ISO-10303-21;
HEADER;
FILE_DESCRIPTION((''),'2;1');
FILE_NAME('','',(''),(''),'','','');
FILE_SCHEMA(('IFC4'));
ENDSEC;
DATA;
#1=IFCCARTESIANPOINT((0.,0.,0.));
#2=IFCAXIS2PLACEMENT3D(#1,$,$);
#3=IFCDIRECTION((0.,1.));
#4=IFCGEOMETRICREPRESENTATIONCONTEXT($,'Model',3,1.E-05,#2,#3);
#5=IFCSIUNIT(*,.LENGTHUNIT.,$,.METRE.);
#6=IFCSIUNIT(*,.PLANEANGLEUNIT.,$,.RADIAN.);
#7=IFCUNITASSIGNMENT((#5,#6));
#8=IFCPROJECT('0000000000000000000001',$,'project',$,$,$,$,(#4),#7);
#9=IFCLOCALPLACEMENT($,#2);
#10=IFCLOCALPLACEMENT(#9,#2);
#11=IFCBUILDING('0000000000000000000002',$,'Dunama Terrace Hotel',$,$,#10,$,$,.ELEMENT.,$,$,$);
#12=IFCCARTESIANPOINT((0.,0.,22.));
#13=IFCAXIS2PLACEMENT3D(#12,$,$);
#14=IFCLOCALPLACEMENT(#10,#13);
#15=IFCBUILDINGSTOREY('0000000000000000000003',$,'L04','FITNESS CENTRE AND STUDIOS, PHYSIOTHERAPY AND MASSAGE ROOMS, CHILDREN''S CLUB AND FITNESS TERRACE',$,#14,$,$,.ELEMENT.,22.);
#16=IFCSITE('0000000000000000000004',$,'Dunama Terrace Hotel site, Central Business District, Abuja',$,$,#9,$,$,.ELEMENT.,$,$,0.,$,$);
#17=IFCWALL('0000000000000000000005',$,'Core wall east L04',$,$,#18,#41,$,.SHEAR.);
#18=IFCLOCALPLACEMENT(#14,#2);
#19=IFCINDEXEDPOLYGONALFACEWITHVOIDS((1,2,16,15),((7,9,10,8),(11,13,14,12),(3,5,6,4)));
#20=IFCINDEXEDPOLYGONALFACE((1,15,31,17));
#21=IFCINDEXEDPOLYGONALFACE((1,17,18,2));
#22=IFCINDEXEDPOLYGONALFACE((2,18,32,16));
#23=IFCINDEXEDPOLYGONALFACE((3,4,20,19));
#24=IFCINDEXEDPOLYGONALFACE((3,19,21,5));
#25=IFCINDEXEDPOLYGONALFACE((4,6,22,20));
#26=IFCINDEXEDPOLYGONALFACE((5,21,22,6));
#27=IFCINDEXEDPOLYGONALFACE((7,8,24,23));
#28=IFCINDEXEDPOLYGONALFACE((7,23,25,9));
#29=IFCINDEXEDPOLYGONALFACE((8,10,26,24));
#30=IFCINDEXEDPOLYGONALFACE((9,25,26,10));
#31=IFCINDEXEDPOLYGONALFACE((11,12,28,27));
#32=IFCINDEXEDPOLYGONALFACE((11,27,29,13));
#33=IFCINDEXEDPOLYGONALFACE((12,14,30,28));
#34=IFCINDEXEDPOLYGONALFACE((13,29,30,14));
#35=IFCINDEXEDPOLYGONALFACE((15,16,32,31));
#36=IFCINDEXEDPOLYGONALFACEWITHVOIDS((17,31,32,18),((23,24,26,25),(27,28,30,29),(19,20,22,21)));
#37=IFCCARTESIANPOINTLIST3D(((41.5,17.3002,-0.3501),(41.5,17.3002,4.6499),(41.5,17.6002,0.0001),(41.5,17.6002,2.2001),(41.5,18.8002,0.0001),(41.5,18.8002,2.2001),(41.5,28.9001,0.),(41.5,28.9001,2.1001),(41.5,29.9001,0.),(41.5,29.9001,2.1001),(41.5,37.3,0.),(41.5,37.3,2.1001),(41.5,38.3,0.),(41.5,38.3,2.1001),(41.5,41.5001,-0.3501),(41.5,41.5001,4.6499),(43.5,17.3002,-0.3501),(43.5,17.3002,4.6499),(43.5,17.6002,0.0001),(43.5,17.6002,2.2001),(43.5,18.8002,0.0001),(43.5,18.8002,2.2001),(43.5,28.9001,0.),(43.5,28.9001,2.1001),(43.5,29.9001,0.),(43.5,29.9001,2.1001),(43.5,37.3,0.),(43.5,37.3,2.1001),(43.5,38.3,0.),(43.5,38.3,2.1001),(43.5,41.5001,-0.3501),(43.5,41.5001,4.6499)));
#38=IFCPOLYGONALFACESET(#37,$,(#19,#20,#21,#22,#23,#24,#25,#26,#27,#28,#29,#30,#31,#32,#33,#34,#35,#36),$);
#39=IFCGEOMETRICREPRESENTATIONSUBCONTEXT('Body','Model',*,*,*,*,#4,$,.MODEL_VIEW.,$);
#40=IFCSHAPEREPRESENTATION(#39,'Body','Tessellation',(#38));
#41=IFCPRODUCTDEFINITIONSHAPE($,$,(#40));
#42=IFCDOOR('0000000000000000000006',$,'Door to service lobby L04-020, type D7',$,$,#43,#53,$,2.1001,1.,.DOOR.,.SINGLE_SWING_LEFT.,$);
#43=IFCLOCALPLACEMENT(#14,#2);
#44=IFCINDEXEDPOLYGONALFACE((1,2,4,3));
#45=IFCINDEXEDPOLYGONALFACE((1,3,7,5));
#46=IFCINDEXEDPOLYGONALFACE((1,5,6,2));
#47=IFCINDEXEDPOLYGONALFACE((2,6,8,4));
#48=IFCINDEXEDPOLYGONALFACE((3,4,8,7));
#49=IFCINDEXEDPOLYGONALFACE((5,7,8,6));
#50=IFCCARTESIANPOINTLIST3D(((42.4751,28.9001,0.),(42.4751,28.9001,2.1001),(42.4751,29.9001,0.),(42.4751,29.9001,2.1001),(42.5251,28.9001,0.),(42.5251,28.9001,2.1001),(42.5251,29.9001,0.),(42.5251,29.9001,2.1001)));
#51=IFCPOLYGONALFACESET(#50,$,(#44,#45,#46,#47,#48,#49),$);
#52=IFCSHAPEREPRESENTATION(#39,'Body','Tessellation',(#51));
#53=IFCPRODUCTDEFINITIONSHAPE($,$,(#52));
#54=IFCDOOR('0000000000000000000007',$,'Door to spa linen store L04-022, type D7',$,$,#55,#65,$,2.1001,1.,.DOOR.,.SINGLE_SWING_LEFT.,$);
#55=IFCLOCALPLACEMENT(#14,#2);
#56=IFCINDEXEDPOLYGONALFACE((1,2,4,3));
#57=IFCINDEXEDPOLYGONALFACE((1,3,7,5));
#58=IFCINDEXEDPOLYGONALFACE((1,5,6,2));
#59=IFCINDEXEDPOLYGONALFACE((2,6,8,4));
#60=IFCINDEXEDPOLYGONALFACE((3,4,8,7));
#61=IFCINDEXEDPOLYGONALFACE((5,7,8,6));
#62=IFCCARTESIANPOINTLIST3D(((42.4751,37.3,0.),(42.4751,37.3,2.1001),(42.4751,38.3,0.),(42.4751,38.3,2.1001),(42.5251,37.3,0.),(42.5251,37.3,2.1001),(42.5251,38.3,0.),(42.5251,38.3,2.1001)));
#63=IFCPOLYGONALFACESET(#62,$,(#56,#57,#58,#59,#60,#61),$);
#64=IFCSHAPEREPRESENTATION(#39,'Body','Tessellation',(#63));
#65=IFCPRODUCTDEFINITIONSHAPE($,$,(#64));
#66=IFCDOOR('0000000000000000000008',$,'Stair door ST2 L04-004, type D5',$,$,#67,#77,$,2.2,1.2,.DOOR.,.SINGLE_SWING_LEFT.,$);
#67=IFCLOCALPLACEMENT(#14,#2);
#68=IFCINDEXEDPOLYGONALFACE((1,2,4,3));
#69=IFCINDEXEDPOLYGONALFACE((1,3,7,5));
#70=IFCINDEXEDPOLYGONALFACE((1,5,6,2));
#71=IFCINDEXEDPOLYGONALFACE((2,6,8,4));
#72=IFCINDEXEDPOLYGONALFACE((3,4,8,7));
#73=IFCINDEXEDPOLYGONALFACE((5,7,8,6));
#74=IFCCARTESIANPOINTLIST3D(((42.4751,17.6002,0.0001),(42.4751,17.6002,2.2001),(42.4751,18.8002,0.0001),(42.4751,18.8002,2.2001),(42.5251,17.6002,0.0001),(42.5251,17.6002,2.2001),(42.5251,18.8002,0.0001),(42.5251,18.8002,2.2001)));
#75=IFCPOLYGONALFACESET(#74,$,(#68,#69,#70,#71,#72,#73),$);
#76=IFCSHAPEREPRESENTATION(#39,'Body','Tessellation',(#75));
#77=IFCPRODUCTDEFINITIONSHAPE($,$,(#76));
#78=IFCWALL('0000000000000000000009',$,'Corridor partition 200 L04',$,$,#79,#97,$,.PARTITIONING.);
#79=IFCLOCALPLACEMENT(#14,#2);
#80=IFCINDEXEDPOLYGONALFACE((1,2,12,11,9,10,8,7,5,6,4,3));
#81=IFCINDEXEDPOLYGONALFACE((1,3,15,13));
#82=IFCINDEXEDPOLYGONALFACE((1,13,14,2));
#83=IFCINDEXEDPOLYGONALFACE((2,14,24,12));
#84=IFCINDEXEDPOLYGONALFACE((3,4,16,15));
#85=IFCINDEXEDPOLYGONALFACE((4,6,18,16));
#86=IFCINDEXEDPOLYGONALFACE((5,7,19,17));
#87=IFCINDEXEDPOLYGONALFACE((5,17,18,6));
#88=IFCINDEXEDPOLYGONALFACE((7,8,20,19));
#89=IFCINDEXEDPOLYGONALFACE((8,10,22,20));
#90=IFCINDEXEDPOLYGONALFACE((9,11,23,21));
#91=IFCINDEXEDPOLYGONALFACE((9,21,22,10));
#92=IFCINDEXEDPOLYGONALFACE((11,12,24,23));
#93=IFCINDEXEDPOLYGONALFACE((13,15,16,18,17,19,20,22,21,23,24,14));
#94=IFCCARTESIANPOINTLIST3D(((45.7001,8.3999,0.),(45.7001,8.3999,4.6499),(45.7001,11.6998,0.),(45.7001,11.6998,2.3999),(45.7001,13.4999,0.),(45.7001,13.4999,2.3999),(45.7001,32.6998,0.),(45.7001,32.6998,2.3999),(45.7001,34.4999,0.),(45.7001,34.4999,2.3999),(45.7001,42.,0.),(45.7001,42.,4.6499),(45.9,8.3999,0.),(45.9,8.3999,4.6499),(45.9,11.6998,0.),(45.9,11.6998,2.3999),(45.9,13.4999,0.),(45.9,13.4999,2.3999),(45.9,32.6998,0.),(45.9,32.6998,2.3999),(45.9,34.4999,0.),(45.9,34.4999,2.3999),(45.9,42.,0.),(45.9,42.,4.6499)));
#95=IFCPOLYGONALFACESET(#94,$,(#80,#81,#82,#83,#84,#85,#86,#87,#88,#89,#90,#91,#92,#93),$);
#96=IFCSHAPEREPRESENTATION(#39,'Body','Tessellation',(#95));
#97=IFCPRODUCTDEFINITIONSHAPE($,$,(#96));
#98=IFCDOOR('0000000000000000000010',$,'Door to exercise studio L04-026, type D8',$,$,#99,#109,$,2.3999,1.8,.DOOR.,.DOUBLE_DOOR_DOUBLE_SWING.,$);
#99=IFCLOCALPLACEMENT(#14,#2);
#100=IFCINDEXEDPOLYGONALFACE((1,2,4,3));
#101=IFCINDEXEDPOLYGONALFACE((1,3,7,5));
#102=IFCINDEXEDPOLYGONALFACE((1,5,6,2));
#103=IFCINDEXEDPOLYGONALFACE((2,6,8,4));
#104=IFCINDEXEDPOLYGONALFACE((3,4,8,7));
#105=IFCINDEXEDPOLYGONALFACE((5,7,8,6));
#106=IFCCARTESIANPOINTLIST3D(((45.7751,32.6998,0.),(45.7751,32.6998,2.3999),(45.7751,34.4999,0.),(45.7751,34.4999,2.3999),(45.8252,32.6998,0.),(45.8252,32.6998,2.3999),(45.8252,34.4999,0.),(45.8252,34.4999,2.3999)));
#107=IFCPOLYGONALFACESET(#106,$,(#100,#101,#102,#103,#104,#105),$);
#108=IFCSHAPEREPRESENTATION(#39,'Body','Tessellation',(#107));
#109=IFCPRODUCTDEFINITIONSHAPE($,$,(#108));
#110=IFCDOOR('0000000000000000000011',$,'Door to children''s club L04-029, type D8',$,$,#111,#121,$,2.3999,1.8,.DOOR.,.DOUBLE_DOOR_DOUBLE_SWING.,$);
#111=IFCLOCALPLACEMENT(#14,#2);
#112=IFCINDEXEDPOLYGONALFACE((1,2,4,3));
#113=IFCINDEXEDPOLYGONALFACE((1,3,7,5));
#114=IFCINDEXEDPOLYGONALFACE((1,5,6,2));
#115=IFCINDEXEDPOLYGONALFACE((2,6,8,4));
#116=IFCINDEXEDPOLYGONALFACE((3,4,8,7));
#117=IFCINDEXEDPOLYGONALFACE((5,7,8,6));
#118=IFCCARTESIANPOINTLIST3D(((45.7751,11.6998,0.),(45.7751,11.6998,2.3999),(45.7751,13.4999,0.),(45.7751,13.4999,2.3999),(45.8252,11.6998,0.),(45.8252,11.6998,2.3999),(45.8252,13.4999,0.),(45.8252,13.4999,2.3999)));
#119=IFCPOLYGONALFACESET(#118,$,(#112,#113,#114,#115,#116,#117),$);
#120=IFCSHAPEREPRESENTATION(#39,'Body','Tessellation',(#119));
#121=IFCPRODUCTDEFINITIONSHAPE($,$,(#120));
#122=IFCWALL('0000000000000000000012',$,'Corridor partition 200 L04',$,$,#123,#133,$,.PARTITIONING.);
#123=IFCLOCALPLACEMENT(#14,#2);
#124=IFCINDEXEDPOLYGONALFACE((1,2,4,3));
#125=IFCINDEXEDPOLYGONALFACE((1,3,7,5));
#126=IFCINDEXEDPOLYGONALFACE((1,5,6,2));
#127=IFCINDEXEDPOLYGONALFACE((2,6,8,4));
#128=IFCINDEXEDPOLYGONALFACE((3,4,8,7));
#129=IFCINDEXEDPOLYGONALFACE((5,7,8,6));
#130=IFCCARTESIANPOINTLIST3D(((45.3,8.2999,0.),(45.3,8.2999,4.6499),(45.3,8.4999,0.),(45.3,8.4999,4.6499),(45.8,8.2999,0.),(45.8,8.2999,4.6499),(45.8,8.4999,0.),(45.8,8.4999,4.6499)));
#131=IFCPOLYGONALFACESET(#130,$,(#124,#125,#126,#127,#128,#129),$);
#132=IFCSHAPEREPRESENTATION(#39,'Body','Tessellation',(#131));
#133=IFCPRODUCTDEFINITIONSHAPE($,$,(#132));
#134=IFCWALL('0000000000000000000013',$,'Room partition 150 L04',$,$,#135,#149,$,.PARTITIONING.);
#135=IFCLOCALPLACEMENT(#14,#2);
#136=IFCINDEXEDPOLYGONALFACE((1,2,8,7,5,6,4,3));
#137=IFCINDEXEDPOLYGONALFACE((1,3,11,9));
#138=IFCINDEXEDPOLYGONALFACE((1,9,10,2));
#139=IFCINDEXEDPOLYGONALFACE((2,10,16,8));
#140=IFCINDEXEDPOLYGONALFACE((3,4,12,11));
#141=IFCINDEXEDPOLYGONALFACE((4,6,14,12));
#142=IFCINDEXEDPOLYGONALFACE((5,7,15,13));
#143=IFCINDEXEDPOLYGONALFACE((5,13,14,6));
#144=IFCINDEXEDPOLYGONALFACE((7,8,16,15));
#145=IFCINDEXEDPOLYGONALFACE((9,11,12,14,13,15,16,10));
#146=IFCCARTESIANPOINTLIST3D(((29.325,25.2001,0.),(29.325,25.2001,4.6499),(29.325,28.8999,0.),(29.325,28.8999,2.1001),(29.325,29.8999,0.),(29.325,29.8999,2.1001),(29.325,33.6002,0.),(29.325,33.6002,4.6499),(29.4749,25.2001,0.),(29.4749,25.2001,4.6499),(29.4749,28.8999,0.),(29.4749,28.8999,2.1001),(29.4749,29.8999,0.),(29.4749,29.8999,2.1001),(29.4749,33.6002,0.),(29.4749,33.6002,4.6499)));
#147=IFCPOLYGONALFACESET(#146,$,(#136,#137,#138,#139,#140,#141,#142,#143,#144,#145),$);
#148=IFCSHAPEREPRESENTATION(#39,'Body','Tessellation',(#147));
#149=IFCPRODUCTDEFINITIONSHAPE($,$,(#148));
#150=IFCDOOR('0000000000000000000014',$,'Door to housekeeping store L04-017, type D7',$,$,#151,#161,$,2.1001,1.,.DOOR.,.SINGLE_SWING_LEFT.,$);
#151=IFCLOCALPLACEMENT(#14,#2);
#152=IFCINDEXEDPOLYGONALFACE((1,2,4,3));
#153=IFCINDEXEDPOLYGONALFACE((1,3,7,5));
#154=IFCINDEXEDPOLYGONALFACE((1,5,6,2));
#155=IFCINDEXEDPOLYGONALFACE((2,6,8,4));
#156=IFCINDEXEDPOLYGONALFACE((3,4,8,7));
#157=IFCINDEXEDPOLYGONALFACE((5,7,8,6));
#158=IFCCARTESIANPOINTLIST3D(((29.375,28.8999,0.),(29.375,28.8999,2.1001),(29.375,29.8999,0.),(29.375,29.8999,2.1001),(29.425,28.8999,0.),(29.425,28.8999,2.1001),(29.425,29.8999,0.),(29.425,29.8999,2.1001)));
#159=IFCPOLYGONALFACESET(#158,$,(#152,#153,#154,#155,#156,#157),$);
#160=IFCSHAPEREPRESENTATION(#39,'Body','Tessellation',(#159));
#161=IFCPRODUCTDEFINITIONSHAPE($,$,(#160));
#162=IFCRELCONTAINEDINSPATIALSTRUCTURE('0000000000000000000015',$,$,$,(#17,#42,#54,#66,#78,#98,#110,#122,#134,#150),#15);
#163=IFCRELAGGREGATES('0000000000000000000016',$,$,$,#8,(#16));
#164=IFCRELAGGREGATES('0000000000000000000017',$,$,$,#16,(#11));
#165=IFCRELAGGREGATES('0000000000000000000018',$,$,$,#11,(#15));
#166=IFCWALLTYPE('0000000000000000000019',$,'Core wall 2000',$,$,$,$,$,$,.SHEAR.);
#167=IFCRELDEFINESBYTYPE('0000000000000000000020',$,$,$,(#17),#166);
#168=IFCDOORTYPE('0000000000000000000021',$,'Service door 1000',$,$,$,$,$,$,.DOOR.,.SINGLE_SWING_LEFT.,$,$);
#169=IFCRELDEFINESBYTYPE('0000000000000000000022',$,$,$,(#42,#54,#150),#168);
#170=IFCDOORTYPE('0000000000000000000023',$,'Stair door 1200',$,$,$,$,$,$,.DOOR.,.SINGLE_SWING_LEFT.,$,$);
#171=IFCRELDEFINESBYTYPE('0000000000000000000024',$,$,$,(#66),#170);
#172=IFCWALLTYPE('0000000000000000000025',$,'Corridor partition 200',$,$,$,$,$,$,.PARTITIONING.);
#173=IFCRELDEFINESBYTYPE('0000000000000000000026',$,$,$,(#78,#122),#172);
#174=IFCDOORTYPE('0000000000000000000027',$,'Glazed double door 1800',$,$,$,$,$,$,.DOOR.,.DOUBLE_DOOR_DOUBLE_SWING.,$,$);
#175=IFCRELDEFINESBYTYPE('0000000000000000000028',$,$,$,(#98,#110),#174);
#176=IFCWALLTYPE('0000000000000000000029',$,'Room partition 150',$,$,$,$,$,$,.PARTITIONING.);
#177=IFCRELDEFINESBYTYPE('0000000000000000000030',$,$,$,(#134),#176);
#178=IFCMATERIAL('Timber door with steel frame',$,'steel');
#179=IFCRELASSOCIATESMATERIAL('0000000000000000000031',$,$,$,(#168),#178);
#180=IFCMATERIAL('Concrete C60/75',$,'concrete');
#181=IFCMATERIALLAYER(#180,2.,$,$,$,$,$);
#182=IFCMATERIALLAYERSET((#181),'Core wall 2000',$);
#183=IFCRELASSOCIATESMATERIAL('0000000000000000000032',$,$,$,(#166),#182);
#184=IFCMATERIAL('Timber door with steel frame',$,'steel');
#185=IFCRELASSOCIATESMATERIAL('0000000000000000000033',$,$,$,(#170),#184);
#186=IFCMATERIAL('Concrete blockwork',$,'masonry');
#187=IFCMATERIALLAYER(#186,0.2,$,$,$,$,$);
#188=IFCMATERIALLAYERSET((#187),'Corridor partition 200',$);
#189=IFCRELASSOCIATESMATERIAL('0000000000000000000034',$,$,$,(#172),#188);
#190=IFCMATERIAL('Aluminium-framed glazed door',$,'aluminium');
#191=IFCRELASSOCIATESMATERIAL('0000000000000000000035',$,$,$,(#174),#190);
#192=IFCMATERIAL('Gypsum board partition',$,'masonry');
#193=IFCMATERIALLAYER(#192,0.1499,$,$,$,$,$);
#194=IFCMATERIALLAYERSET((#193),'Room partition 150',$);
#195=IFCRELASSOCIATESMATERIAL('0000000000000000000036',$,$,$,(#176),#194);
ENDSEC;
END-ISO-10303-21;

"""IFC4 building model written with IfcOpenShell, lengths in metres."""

from ifc_helpers import new_model, si_unit, direction, frame, frame_2d, origin, place, context, subcontext, project, spatial, rectangle, extrude, material, layer, layer_set, type_object, element, fill, save


model = new_model("IFC4")

# Units and contexts
model_context = context("Model", 3, precision=1e-05, world=origin(), true_north=direction((0.0, 1.0)))
body_context = subcontext(model_context, "Body", "Model", "MODEL_VIEW")
ifc_project = project(units=[si_unit("LENGTHUNIT", "METRE"), si_unit("PLANEANGLEUNIT", "RADIAN")], contexts=[model_context])

# Site, building, storey
site_placement = place(None, origin())
site = spatial("IfcSite", under=ifc_project, at=site_placement, Name="Dunama Terrace Hotel site, Central Business District, Abuja", CompositionType="ELEMENT", RefElevation=0.0)
building_placement = place(site_placement, origin())
building = spatial("IfcBuilding", under=site, at=building_placement, Name="Dunama Terrace Hotel", CompositionType="ELEMENT")
storey_placement = place(building_placement, frame((0.0, 0.0, 22.0)))
storey = spatial("IfcBuildingStorey", under=building, at=storey_placement, Name="L04", Description="FITNESS CENTRE AND STUDIOS, PHYSIOTHERAPY AND MASSAGE ROOMS, CHILDREN'S CLUB AND FITNESS TERRACE", CompositionType="ELEMENT", Elevation=22.0)

# Shared definitions
ifc_material_1 = material(Name="Timber door with steel frame", Category="steel")
door_type_1 = type_object("IfcDoorType", Name="Service door 1000", OperationType="SINGLE_SWING_LEFT", PredefinedType="DOOR", material=ifc_material_1)

# Walls, openings, doors
ifc_material_2 = material(Name="Concrete C60/75", Category="concrete")
ifc_layer_1 = layer(ifc_material_2, 2.0)
ifc_layer_set_1 = layer_set([ifc_layer_1], Name="Core wall 2000")
wall_type_1 = type_object("IfcWallType", Name="Core wall 2000", PredefinedType="SHEAR", material=ifc_layer_set_1)
wall_1_placement = place(storey_placement, frame((42.5, 17.3, -0.3501), z_axis=(0.0, 0.0, 1.0), x_axis=(0.0, 1.0, 0.0)))
wall_1 = element("IfcWall", 1, at=wall_1_placement, inside=storey, type_object=wall_type_1, Name="Core wall east L04", PredefinedType="SHEAR", context=body_context, shape_type="SweptSolid", body=[
    extrude(rectangle(XDim=24.2, YDim=2.0, at=frame_2d((12.1001, 0.0))), origin(), (0.0, 0.0, 1.0), 5.0),
])
opening_1_placement = place(wall_1_placement, frame((0.3, 0.0, 0.3501)))
opening_1 = element("IfcOpeningElement", 2, at=opening_1_placement, cuts=wall_1, PredefinedType="OPENING", context=body_context, shape_type="SweptSolid", body=[
    extrude(rectangle(XDim=1.2, YDim=2.2, at=frame_2d((0.6001, 1.1001))), frame((0.0, 1.01, 0.0), z_axis=(0.0, -1.0, 0.0), x_axis=(1.0, 0.0, 0.0)), (0.0, 0.0, 1.0), 2.02),
])
opening_2_placement = place(wall_1_placement, frame((11.6001, 0.0, 0.3501)))
opening_2 = element("IfcOpeningElement", 3, at=opening_2_placement, cuts=wall_1, PredefinedType="OPENING", context=body_context, shape_type="SweptSolid", body=[
    extrude(rectangle(XDim=1.0, YDim=2.1001, at=frame_2d((0.5, 1.05))), frame((0.0, 1.01, 0.0), z_axis=(0.0, -1.0, 0.0), x_axis=(1.0, 0.0, 0.0)), (0.0, 0.0, 1.0), 2.02),
])
opening_3_placement = place(wall_1_placement, frame((20.0, 0.0, 0.3501)))
opening_3 = element("IfcOpeningElement", 4, at=opening_3_placement, cuts=wall_1, PredefinedType="OPENING", context=body_context, shape_type="SweptSolid", body=[
    extrude(rectangle(XDim=1.0, YDim=2.1001, at=frame_2d((0.5, 1.05))), frame((0.0, 1.01, 0.0), z_axis=(0.0, -1.0, 0.0), x_axis=(1.0, 0.0, 0.0)), (0.0, 0.0, 1.0), 2.02),
])
door_1_placement = place(opening_2_placement, origin())
door_1 = element("IfcDoor", 5, at=door_1_placement, inside=storey, type_object=door_type_1, Name="Door to service lobby L04-020, type D7", OperationType="SINGLE_SWING_LEFT", OverallHeight=2.1001, OverallWidth=1.0, PredefinedType="DOOR", context=body_context, shape_type="SweptSolid", body=[
    extrude(rectangle(XDim=1.0, YDim=2.1001, at=frame_2d((0.5, 1.05))), frame((0.0, 0.0249, 0.0), z_axis=(0.0, -1.0, 0.0), x_axis=(1.0, 0.0, 0.0)), (0.0, 0.0, 1.0), 0.05),
])
fill(opening_2, door_1)
door_2_placement = place(opening_3_placement, origin())
door_2 = element("IfcDoor", 6, at=door_2_placement, inside=storey, type_object=door_type_1, Name="Door to spa linen store L04-022, type D7", OperationType="SINGLE_SWING_LEFT", OverallHeight=2.1001, OverallWidth=1.0, PredefinedType="DOOR", context=body_context, shape_type="SweptSolid", body=[
    extrude(rectangle(XDim=1.0, YDim=2.1001, at=frame_2d((0.5, 1.05))), frame((0.0, 0.0249, 0.0), z_axis=(0.0, -1.0, 0.0), x_axis=(1.0, 0.0, 0.0)), (0.0, 0.0, 1.0), 0.05),
])
fill(opening_3, door_2)
ifc_material_3 = material(Name="Timber door with steel frame", Category="steel")
door_type_2 = type_object("IfcDoorType", Name="Stair door 1200", OperationType="SINGLE_SWING_LEFT", PredefinedType="DOOR", material=ifc_material_3)
door_3_placement = place(opening_1_placement, origin())
door_3 = element("IfcDoor", 7, at=door_3_placement, inside=storey, type_object=door_type_2, Name="Stair door ST2 L04-004, type D5", OperationType="SINGLE_SWING_LEFT", OverallHeight=2.2, OverallWidth=1.2, PredefinedType="DOOR", context=body_context, shape_type="SweptSolid", body=[
    extrude(rectangle(XDim=1.2, YDim=2.2, at=frame_2d((0.6001, 1.1001))), frame((0.0, 0.0249, 0.0), z_axis=(0.0, -1.0, 0.0), x_axis=(1.0, 0.0, 0.0)), (0.0, 0.0, 1.0), 0.05),
])
fill(opening_1, door_3)
ifc_material_4 = material(Name="Concrete blockwork", Category="masonry")
ifc_layer_2 = layer(ifc_material_4, 0.2)
ifc_layer_set_2 = layer_set([ifc_layer_2], Name="Corridor partition 200")
wall_type_2 = type_object("IfcWallType", Name="Corridor partition 200", PredefinedType="PARTITIONING", material=ifc_layer_set_2)
wall_2_placement = place(storey_placement, frame((45.8, 8.3999, 0.0), z_axis=(0.0, 0.0, 1.0), x_axis=(0.0, 1.0, 0.0)))
wall_2 = element("IfcWall", 8, at=wall_2_placement, inside=storey, type_object=wall_type_2, Name="Corridor partition 200 L04", PredefinedType="PARTITIONING", context=body_context, shape_type="SweptSolid", body=[
    extrude(rectangle(XDim=33.6001, YDim=0.2, at=frame_2d((16.8, 0.0))), origin(), (0.0, 0.0, 1.0), 4.6499),
])
opening_4_placement = place(wall_2_placement, frame((24.3, 0.0, 0.0)))
opening_4 = element("IfcOpeningElement", 9, at=opening_4_placement, cuts=wall_2, PredefinedType="OPENING", context=body_context, shape_type="SweptSolid", body=[
    extrude(rectangle(XDim=1.8, YDim=2.3999, at=frame_2d((0.8999, 1.2))), frame((0.0, 0.1099, 0.0), z_axis=(0.0, -1.0, 0.0), x_axis=(1.0, 0.0, 0.0)), (0.0, 0.0, 1.0), 0.22),
])
opening_5_placement = place(wall_2_placement, frame((3.3, 0.0, 0.0)))
opening_5 = element("IfcOpeningElement", 10, at=opening_5_placement, cuts=wall_2, PredefinedType="OPENING", context=body_context, shape_type="SweptSolid", body=[
    extrude(rectangle(XDim=1.8, YDim=2.3999, at=frame_2d((0.8999, 1.2))), frame((0.0, 0.1099, 0.0), z_axis=(0.0, -1.0, 0.0), x_axis=(1.0, 0.0, 0.0)), (0.0, 0.0, 1.0), 0.22),
])
ifc_material_5 = material(Name="Aluminium-framed glazed door", Category="aluminium")
door_type_3 = type_object("IfcDoorType", Name="Glazed double door 1800", OperationType="DOUBLE_DOOR_DOUBLE_SWING", PredefinedType="DOOR", material=ifc_material_5)
door_4_placement = place(opening_4_placement, origin())
door_4 = element("IfcDoor", 11, at=door_4_placement, inside=storey, type_object=door_type_3, Name="Door to exercise studio L04-026, type D8", OperationType="DOUBLE_DOOR_DOUBLE_SWING", OverallHeight=2.3999, OverallWidth=1.8, PredefinedType="DOOR", context=body_context, shape_type="SweptSolid", body=[
    extrude(rectangle(XDim=1.8, YDim=2.3999, at=frame_2d((0.8999, 1.2))), frame((0.0, 0.0249, 0.0), z_axis=(0.0, -1.0, 0.0), x_axis=(1.0, 0.0, 0.0)), (0.0, 0.0, 1.0), 0.05),
])
fill(opening_4, door_4)
door_5_placement = place(opening_5_placement, origin())
door_5 = element("IfcDoor", 12, at=door_5_placement, inside=storey, type_object=door_type_3, Name="Door to children's club L04-029, type D8", OperationType="DOUBLE_DOOR_DOUBLE_SWING", OverallHeight=2.3999, OverallWidth=1.8, PredefinedType="DOOR", context=body_context, shape_type="SweptSolid", body=[
    extrude(rectangle(XDim=1.8, YDim=2.3999, at=frame_2d((0.8999, 1.2))), frame((0.0, 0.0249, 0.0), z_axis=(0.0, -1.0, 0.0), x_axis=(1.0, 0.0, 0.0)), (0.0, 0.0, 1.0), 0.05),
])
fill(opening_5, door_5)

# Wall
wall_3_placement = place(storey_placement, frame((45.3, 8.3999, 0.0), z_axis=(0.0, 0.0, 1.0), x_axis=(1.0, 0.0, 0.0)))
element("IfcWall", 13, at=wall_3_placement, inside=storey, type_object=wall_type_2, Name="Corridor partition 200 L04", PredefinedType="PARTITIONING", context=body_context, shape_type="SweptSolid", body=[
    extrude(rectangle(XDim=0.5, YDim=0.2, at=frame_2d((0.25, 0.0))), origin(), (0.0, 0.0, 1.0), 4.6499),
])

# Wall, opening, door
ifc_material_6 = material(Name="Gypsum board partition", Category="masonry")
ifc_layer_3 = layer(ifc_material_6, 0.1499)
ifc_layer_set_3 = layer_set([ifc_layer_3], Name="Room partition 150")
wall_type_3 = type_object("IfcWallType", Name="Room partition 150", PredefinedType="PARTITIONING", material=ifc_layer_set_3)
wall_4_placement = place(storey_placement, frame((29.3999, 25.2, 0.0), z_axis=(0.0, 0.0, 1.0), x_axis=(0.0, 1.0, 0.0)))
wall_4 = element("IfcWall", 14, at=wall_4_placement, inside=storey, type_object=wall_type_3, Name="Room partition 150 L04", PredefinedType="PARTITIONING", context=body_context, shape_type="SweptSolid", body=[
    extrude(rectangle(XDim=8.4001, YDim=0.1499, at=frame_2d((4.2002, 0.0))), origin(), (0.0, 0.0, 1.0), 4.6499),
])
opening_6_placement = place(wall_4_placement, frame((3.7, 0.0, 0.0)))
opening_6 = element("IfcOpeningElement", 15, at=opening_6_placement, cuts=wall_4, PredefinedType="OPENING", context=body_context, shape_type="SweptSolid", body=[
    extrude(rectangle(XDim=1.0, YDim=2.1001, at=frame_2d((0.5, 1.05))), frame((0.0, 0.085, 0.0), z_axis=(0.0, -1.0, 0.0), x_axis=(1.0, 0.0, 0.0)), (0.0, 0.0, 1.0), 0.1699),
])
door_6_placement = place(opening_6_placement, origin())
door_6 = element("IfcDoor", 16, at=door_6_placement, inside=storey, type_object=door_type_1, Name="Door to housekeeping store L04-017, type D7", OperationType="SINGLE_SWING_LEFT", OverallHeight=2.1001, OverallWidth=1.0, PredefinedType="DOOR", context=body_context, shape_type="SweptSolid", body=[
    extrude(rectangle(XDim=1.0, YDim=2.1001, at=frame_2d((0.5, 1.05))), frame((0.0, 0.0249, 0.0), z_axis=(0.0, -1.0, 0.0), x_axis=(1.0, 0.0, 0.0)), (0.0, 0.0, 1.0), 0.05),
])
fill(opening_6, door_6)

save(model, "model.ifc")
